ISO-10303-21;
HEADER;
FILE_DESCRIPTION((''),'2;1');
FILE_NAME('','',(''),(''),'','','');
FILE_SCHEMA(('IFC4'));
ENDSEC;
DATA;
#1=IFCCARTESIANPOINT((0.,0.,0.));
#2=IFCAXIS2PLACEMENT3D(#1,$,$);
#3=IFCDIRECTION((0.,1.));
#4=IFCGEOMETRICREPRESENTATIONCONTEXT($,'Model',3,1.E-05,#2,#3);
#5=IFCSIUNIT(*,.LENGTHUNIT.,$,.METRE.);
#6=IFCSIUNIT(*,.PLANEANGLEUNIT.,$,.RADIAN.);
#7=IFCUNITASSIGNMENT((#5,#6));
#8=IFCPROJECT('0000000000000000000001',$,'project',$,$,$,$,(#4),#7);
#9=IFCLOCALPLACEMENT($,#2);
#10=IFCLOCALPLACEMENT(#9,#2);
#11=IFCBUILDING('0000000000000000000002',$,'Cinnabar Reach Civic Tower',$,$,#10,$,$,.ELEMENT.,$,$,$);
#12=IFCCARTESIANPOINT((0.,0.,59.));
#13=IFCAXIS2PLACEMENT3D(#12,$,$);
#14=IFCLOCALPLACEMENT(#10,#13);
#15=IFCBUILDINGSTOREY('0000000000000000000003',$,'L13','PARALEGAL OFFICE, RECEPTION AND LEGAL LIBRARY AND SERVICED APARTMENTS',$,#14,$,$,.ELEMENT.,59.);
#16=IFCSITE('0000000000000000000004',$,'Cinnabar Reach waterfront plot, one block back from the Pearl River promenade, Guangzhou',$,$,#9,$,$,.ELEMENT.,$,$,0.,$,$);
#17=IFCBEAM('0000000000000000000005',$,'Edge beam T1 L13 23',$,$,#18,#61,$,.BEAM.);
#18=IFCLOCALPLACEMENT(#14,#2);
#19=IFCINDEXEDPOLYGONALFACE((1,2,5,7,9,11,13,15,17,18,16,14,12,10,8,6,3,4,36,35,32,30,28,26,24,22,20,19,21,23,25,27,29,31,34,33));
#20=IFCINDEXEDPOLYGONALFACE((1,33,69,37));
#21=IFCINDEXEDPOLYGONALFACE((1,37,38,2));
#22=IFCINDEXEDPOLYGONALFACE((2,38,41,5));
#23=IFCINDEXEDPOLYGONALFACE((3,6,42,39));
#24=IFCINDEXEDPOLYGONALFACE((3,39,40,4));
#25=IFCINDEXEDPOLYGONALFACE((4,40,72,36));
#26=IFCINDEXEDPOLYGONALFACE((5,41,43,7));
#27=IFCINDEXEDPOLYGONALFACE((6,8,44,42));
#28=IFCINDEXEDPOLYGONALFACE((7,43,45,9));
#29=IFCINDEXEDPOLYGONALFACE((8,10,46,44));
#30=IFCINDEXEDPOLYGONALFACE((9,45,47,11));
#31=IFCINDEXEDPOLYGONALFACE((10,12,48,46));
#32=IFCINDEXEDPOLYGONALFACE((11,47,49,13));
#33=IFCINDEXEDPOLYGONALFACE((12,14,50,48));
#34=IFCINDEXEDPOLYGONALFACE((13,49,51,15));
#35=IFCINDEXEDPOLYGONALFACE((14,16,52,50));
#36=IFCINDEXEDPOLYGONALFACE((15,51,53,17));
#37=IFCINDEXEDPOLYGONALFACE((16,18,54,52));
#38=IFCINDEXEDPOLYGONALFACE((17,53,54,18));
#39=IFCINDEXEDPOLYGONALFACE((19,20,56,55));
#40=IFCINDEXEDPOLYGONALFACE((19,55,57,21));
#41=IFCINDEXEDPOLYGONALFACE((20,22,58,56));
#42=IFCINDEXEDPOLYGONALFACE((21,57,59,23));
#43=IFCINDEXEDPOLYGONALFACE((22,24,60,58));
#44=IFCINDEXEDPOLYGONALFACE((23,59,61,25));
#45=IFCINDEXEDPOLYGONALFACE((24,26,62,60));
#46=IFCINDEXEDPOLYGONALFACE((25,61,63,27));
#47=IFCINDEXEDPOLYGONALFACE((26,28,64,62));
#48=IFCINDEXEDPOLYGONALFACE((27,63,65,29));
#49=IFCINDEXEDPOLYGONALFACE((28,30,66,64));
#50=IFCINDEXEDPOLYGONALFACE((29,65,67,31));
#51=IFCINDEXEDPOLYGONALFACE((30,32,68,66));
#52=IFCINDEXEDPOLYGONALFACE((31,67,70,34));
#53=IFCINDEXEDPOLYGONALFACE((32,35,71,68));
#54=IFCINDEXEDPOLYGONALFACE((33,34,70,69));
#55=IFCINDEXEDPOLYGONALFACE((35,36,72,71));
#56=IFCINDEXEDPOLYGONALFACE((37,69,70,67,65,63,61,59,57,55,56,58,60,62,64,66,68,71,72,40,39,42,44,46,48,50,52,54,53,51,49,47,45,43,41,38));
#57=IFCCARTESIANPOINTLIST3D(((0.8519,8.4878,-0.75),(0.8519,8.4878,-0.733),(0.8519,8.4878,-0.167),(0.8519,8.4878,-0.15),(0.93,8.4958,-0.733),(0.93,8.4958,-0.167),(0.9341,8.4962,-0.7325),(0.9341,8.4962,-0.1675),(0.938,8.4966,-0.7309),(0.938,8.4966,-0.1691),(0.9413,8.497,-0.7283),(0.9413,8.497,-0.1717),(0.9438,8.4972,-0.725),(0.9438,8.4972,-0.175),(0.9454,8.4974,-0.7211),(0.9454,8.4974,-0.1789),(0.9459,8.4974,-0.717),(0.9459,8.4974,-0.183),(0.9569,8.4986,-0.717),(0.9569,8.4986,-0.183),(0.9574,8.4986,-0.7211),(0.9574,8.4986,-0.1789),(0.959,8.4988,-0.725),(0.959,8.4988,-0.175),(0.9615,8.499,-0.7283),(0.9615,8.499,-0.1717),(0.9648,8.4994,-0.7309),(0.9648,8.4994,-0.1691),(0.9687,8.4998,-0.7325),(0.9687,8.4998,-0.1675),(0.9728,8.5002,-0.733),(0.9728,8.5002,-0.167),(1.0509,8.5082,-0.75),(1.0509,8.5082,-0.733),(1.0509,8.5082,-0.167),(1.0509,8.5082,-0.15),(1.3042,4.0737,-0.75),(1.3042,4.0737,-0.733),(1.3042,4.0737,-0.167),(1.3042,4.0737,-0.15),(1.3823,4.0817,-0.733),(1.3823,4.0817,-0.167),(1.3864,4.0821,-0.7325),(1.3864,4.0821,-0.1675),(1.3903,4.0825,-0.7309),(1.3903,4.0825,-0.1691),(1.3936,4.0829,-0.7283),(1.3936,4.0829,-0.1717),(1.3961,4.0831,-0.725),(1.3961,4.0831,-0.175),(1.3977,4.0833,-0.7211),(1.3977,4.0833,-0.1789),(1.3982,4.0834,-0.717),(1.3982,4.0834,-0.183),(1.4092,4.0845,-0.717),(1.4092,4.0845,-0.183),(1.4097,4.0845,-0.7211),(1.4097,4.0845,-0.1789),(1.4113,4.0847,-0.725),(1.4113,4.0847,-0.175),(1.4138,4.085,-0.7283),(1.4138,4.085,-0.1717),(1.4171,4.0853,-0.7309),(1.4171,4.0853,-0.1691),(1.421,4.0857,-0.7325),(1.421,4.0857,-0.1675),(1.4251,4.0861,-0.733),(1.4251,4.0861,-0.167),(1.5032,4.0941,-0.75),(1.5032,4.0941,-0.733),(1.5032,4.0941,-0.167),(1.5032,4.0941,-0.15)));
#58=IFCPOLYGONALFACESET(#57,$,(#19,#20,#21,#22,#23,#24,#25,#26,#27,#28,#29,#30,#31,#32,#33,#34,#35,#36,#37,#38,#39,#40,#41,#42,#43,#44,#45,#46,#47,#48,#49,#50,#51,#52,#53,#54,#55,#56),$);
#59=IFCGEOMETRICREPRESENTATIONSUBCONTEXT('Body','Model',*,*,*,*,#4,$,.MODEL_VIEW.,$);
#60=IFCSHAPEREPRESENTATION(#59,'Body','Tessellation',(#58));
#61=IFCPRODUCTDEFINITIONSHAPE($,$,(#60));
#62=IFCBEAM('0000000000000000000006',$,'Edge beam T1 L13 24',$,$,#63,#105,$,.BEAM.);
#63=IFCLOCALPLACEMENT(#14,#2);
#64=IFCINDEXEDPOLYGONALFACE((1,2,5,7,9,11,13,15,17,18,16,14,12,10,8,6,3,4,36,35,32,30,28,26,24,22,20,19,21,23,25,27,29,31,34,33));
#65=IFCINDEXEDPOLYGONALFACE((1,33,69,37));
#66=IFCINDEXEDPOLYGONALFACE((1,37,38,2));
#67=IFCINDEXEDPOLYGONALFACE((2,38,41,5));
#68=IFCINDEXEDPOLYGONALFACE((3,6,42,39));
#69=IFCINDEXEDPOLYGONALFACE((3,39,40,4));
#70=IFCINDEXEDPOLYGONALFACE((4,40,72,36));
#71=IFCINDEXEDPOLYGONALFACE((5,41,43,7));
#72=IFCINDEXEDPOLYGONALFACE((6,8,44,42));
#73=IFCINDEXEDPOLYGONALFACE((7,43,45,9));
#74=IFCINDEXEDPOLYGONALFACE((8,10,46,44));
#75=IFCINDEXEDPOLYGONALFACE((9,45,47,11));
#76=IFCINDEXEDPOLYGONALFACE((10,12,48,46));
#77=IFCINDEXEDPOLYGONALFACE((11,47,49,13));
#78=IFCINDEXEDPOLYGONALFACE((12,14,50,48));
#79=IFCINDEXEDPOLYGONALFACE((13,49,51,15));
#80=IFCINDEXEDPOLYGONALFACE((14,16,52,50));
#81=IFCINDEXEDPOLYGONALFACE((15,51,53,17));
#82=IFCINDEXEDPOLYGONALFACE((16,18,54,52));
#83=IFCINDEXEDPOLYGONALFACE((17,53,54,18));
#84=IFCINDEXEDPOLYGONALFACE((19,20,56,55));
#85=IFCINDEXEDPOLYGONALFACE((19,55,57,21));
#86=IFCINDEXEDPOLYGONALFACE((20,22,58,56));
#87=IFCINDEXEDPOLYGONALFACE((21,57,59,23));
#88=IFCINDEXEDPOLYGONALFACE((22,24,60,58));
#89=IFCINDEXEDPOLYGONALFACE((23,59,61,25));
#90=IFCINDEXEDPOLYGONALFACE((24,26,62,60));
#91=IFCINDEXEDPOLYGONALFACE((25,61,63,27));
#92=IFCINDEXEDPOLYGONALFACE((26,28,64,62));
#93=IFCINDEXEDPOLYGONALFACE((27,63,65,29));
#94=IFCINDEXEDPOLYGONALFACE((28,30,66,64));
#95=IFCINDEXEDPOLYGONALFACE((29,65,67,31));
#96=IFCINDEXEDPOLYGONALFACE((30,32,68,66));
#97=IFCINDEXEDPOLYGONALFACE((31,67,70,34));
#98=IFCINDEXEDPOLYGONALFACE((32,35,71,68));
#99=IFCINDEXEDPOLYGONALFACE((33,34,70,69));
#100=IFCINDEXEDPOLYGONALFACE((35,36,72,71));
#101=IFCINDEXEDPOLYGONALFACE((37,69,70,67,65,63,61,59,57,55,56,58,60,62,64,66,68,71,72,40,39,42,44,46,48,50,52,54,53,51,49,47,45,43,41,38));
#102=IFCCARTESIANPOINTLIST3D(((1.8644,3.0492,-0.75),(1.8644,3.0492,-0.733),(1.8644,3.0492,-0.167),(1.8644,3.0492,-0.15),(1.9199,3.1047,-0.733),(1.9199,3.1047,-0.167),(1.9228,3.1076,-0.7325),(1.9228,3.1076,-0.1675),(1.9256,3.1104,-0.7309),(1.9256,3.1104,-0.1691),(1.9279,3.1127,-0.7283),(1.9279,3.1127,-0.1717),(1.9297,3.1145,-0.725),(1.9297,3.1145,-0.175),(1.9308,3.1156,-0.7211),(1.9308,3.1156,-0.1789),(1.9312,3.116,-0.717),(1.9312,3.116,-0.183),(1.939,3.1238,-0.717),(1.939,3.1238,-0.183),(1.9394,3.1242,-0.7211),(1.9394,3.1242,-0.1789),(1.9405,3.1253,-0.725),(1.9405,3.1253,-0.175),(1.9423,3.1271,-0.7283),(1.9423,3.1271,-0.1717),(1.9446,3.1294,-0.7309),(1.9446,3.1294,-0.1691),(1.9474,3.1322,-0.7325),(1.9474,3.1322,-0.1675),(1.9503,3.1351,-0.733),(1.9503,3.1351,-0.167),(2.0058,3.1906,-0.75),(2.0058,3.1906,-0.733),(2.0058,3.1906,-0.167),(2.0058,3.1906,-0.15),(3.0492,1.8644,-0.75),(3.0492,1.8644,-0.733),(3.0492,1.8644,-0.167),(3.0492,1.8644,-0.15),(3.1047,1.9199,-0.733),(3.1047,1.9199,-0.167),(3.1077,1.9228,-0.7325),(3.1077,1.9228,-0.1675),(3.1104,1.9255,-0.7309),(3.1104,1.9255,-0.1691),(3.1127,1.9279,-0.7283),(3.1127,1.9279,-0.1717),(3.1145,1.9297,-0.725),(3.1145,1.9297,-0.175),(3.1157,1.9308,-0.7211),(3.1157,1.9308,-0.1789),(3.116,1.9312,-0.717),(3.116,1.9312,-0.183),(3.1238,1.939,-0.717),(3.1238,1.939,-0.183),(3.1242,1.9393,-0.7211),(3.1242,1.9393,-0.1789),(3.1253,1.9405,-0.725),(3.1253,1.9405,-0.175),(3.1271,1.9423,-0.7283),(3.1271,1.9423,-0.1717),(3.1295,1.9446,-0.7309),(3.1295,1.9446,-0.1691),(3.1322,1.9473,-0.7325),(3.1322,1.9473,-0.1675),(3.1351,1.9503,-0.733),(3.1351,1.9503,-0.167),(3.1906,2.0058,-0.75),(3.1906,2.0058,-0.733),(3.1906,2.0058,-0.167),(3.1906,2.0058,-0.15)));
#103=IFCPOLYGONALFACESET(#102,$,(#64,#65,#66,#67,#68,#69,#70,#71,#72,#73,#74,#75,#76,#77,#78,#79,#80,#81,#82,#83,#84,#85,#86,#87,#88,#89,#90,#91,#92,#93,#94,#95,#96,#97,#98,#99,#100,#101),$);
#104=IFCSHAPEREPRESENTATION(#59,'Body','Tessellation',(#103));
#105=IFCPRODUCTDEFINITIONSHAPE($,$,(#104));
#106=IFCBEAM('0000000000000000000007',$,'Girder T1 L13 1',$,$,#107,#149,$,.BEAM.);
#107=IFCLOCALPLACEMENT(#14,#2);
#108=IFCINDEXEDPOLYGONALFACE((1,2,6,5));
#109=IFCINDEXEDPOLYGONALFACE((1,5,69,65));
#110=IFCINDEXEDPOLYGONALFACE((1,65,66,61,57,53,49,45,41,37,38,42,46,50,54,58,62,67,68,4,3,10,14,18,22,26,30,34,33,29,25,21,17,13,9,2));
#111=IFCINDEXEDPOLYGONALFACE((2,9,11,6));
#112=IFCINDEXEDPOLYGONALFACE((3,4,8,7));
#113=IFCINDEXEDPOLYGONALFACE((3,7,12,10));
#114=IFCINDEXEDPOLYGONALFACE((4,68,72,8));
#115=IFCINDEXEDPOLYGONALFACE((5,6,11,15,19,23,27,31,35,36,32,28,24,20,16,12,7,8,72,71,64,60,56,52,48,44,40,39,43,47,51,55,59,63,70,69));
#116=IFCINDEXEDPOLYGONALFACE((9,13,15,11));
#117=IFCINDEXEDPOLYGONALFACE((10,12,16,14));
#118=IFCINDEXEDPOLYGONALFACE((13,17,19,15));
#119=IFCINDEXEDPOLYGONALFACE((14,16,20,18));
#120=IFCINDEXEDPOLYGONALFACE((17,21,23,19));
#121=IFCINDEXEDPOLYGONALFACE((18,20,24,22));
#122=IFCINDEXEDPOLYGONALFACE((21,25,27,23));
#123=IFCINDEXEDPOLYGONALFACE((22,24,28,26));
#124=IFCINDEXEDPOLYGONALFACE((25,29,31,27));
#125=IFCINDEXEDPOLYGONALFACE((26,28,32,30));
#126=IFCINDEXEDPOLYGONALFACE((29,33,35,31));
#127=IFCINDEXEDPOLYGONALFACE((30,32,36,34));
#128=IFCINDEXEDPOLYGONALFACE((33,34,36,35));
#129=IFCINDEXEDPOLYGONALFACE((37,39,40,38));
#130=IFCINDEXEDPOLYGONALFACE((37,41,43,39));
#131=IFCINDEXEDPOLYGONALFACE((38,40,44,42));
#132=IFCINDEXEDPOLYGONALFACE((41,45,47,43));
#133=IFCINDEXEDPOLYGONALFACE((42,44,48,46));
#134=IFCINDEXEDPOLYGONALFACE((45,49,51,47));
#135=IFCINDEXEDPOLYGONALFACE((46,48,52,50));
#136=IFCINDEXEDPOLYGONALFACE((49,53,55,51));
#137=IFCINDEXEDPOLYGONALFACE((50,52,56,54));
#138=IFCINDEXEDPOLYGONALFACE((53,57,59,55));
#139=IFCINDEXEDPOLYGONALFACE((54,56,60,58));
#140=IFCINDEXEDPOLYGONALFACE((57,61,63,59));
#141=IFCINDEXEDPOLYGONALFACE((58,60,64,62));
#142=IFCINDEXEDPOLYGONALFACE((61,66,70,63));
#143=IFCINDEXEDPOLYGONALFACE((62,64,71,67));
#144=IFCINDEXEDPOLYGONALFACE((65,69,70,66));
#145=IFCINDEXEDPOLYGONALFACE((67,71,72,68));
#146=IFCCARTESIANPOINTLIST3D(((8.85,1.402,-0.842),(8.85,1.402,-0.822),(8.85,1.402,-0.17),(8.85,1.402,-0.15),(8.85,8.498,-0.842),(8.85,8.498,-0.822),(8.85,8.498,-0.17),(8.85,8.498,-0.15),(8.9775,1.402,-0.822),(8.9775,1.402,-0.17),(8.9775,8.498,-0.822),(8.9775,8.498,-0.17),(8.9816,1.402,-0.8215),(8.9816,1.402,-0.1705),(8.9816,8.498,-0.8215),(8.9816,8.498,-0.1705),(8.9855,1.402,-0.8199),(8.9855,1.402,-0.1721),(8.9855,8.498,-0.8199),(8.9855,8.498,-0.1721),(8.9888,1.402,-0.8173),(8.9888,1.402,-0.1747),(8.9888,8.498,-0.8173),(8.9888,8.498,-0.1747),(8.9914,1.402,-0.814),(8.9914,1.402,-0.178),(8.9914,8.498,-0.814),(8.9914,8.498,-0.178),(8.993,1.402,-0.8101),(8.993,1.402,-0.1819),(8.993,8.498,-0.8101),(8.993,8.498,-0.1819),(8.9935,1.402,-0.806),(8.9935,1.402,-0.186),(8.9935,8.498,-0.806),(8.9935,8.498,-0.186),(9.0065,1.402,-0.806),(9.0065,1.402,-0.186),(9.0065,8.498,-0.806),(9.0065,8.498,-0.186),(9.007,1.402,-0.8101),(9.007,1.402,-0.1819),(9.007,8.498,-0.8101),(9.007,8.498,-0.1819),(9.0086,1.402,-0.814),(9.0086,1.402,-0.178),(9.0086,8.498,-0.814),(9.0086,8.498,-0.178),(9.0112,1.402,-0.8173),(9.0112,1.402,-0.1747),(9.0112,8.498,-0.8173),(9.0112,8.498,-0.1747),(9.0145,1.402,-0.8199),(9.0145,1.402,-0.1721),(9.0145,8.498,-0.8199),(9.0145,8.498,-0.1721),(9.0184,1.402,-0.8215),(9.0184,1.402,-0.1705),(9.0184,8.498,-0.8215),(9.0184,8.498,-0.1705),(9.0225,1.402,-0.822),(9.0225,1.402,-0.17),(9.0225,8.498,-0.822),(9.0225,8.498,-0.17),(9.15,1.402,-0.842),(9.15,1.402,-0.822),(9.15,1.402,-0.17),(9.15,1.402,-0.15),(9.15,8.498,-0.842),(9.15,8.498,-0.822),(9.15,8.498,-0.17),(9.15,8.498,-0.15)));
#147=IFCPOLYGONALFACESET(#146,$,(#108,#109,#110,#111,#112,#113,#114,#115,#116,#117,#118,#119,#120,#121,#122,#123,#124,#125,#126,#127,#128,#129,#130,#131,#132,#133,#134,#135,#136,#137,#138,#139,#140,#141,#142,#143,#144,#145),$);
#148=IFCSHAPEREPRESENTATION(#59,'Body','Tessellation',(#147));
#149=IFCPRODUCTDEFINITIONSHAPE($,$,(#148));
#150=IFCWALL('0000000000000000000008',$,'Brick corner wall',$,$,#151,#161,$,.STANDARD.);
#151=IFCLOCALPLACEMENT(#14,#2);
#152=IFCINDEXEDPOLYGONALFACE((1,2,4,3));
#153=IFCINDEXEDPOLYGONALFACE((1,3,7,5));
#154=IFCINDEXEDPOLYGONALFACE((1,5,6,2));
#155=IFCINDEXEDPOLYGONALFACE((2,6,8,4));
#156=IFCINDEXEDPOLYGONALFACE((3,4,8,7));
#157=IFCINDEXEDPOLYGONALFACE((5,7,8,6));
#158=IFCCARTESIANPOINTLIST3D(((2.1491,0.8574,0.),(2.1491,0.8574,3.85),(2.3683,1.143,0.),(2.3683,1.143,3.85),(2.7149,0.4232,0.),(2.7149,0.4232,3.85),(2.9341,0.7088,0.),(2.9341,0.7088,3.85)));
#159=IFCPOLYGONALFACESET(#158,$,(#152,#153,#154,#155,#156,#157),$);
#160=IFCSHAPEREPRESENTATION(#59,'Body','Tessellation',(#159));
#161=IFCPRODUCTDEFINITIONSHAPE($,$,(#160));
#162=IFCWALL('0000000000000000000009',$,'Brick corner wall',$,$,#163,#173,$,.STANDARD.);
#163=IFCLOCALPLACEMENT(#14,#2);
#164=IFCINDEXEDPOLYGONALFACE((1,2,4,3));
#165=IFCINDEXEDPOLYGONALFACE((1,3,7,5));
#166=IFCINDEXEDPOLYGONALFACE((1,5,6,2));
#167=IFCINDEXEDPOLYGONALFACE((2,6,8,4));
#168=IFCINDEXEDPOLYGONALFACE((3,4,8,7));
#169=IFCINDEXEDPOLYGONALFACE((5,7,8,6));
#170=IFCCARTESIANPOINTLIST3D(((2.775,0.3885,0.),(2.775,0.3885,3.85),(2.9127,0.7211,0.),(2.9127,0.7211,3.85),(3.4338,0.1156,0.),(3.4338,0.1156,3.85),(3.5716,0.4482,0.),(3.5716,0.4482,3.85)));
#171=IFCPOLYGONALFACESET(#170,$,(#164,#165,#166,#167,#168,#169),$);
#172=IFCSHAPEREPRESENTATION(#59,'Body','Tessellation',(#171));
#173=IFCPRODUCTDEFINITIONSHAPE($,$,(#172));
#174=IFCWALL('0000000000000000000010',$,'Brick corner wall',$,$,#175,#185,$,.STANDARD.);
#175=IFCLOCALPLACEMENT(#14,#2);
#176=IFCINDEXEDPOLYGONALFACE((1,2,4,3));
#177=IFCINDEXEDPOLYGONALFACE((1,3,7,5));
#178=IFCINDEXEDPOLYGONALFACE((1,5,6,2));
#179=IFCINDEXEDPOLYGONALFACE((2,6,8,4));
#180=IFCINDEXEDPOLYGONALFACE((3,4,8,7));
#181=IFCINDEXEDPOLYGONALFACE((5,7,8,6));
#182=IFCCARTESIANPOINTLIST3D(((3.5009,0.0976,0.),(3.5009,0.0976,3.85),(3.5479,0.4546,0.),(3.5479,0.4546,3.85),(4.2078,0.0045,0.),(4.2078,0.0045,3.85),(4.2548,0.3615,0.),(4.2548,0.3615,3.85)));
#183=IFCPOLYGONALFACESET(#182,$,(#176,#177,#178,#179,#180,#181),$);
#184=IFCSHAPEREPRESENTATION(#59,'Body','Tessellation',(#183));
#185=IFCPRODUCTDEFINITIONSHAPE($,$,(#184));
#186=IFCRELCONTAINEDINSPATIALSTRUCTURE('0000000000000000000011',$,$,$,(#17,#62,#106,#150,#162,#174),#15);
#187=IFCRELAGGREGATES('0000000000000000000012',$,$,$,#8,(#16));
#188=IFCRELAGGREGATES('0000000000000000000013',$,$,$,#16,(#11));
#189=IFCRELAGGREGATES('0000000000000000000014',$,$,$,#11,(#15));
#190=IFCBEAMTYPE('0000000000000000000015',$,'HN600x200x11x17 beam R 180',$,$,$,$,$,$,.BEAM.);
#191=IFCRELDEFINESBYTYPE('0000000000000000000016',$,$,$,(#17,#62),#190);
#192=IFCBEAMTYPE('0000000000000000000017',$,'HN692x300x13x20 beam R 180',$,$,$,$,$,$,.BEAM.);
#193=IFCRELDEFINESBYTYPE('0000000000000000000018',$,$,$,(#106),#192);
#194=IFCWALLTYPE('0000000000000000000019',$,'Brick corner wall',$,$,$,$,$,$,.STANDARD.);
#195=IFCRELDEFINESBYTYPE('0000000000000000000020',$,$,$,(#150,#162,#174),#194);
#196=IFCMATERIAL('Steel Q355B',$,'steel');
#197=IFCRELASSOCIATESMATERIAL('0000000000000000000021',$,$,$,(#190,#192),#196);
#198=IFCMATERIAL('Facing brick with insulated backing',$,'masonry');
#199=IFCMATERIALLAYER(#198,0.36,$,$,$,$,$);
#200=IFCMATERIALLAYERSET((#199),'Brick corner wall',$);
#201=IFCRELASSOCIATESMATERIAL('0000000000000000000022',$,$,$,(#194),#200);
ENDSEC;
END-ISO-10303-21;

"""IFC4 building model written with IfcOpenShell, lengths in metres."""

from ifc_helpers import new_model, si_unit, direction, frame, frame_2d, origin, origin_2d, place, context, subcontext, project, spatial, rectangle, i_section, extrude, material, layer, layer_set, material_profile, profile_set, type_object, element, save


model = new_model("IFC4")

# Units and contexts
model_context = context("Model", 3, precision=1e-05, world=origin(), true_north=direction((0.0, 1.0)))
body_context = subcontext(model_context, "Body", "Model", "MODEL_VIEW")
ifc_project = project(units=[si_unit("LENGTHUNIT", "METRE"), si_unit("PLANEANGLEUNIT", "RADIAN")], contexts=[model_context])

# Site, building, storey
site_placement = place(None, origin())
site = spatial("IfcSite", under=ifc_project, at=site_placement, Name="Cinnabar Reach waterfront plot, one block back from the Pearl River promenade, Guangzhou", CompositionType="ELEMENT", RefElevation=0.0)
building_placement = place(site_placement, origin())
building = spatial("IfcBuilding", under=site, at=building_placement, Name="Cinnabar Reach Civic Tower", CompositionType="ELEMENT")
storey_placement = place(building_placement, frame((0.0, 0.0, 59.0)))
storey = spatial("IfcBuildingStorey", under=building, at=storey_placement, Name="L13", Description="PARALEGAL OFFICE, RECEPTION AND LEGAL LIBRARY AND SERVICED APARTMENTS", CompositionType="ELEMENT", Elevation=59.0)

# Beams
ifc_material_1 = material(Name="Steel Q355B", Category="steel")
ifc_material_profile_1 = material_profile(ifc_material_1, i_section(OverallWidth=0.2, OverallDepth=0.6, WebThickness=0.011, FlangeThickness=0.017, FilletRadius=0.016, at=origin_2d()), Name="HN600x200x11x17")
ifc_profile_set_1 = profile_set([ifc_material_profile_1], Name="Steel Q355B")
beam_type_1 = type_object("IfcBeamType", Name="HN600x200x11x17 beam R 180", PredefinedType="BEAM", material=ifc_profile_set_1)
for number, where, z_axis, x_axis, name in (
    (1, (0.9514, 8.498, -0.45), (0.101933, -0.994791, 0.0), (0.994791, 0.101933, 0.0), "Edge beam T1 L13 23"),
):
    element("IfcBeam", number, at=place(storey_placement, frame(where, z_axis=z_axis, x_axis=x_axis)), inside=storey, type_object=beam_type_1, Name=name, PredefinedType="BEAM", context=body_context, shape_type="SweptSolid", body=[
        extrude(i_section(OverallWidth=0.2, OverallDepth=0.6, WebThickness=0.011, FlangeThickness=0.017, FilletRadius=0.016, at=origin_2d()), origin(), (0.0, 0.0, 1.0), 4.4372),
    ])
beam_1_placement = place(storey_placement, frame((1.9351, 3.1199, -0.45), z_axis=(0.707107, -0.707107, 0.0), x_axis=(0.707107, 0.707107, 0.0)))
element("IfcBeam", 2, at=beam_1_placement, inside=storey, type_object=beam_type_1, Name="Edge beam T1 L13 24", PredefinedType="BEAM", context=body_context, shape_type="SweptSolid", body=[
    extrude(i_section(OverallWidth=0.2, OverallDepth=0.6, WebThickness=0.011, FlangeThickness=0.017, FilletRadius=0.016, at=origin_2d()), origin(), (0.0, 0.0, 1.0), 1.6756),
])
ifc_material_profile_2 = material_profile(ifc_material_1, i_section(OverallWidth=0.3, OverallDepth=0.692, WebThickness=0.013, FlangeThickness=0.02, FilletRadius=0.016, at=origin_2d()), Name="HN692x300x13x20")
ifc_profile_set_2 = profile_set([ifc_material_profile_2], Name="Steel Q355B")
beam_type_2 = type_object("IfcBeamType", Name="HN692x300x13x20 beam R 180", PredefinedType="BEAM", material=ifc_profile_set_2)
beam_2_placement = place(storey_placement, frame((9.0, 1.402, -0.496), z_axis=(0.0, 1.0, 0.0), x_axis=(-1.0, 0.0, 0.0)))
element("IfcBeam", 3, at=beam_2_placement, inside=storey, type_object=beam_type_2, Name="Girder T1 L13 1", PredefinedType="BEAM", context=body_context, shape_type="SweptSolid", body=[
    extrude(i_section(OverallWidth=0.3, OverallDepth=0.692, WebThickness=0.013, FlangeThickness=0.02, FilletRadius=0.016, at=origin_2d()), origin(), (0.0, 0.0, 1.0), 7.096),
])

# Walls
ifc_material_2 = material(Name="Facing brick with insulated backing", Category="masonry")
ifc_layer_1 = layer(ifc_material_2, 0.36)
ifc_layer_set_1 = layer_set([ifc_layer_1], Name="Brick corner wall")
wall_type_1 = type_object("IfcWallType", Name="Brick corner wall", PredefinedType="STANDARD", material=ifc_layer_set_1)
wall_1_placement = place(storey_placement, frame((2.2587, 1.0002, 0.0), z_axis=(0.0, 0.0, 1.0), x_axis=(0.793322, -0.608802, 0.0)))
element("IfcWall", 4, at=wall_1_placement, inside=storey, type_object=wall_type_1, Name="Brick corner wall", PredefinedType="STANDARD", context=body_context, shape_type="SweptSolid", body=[
    extrude(rectangle(XDim=0.7132, YDim=0.36, at=frame_2d((0.3566, 0.0))), origin(), (0.0, 0.0, 1.0), 3.85),
])
for number, where, z_axis, x_axis, name in (
    (5, (2.8439, 0.5548, 0.0), (0.0, 0.0, 1.0), (0.923872, -0.382703, 0.0), "Brick corner wall"),
    (6, (3.5244, 0.2761, 0.0), (0.0, 0.0, 1.0), (0.991441, -0.130556, 0.0), "Brick corner wall"),
):
    element("IfcWall", number, at=place(storey_placement, frame(where, z_axis=z_axis, x_axis=x_axis)), inside=storey, type_object=wall_type_1, Name=name, PredefinedType="STANDARD", context=body_context, shape_type="SweptSolid", body=[
        extrude(rectangle(XDim=0.7131, YDim=0.36, at=frame_2d((0.3565, 0.0))), origin(), (0.0, 0.0, 1.0), 3.85),
    ])

save(model, "model.ifc")
